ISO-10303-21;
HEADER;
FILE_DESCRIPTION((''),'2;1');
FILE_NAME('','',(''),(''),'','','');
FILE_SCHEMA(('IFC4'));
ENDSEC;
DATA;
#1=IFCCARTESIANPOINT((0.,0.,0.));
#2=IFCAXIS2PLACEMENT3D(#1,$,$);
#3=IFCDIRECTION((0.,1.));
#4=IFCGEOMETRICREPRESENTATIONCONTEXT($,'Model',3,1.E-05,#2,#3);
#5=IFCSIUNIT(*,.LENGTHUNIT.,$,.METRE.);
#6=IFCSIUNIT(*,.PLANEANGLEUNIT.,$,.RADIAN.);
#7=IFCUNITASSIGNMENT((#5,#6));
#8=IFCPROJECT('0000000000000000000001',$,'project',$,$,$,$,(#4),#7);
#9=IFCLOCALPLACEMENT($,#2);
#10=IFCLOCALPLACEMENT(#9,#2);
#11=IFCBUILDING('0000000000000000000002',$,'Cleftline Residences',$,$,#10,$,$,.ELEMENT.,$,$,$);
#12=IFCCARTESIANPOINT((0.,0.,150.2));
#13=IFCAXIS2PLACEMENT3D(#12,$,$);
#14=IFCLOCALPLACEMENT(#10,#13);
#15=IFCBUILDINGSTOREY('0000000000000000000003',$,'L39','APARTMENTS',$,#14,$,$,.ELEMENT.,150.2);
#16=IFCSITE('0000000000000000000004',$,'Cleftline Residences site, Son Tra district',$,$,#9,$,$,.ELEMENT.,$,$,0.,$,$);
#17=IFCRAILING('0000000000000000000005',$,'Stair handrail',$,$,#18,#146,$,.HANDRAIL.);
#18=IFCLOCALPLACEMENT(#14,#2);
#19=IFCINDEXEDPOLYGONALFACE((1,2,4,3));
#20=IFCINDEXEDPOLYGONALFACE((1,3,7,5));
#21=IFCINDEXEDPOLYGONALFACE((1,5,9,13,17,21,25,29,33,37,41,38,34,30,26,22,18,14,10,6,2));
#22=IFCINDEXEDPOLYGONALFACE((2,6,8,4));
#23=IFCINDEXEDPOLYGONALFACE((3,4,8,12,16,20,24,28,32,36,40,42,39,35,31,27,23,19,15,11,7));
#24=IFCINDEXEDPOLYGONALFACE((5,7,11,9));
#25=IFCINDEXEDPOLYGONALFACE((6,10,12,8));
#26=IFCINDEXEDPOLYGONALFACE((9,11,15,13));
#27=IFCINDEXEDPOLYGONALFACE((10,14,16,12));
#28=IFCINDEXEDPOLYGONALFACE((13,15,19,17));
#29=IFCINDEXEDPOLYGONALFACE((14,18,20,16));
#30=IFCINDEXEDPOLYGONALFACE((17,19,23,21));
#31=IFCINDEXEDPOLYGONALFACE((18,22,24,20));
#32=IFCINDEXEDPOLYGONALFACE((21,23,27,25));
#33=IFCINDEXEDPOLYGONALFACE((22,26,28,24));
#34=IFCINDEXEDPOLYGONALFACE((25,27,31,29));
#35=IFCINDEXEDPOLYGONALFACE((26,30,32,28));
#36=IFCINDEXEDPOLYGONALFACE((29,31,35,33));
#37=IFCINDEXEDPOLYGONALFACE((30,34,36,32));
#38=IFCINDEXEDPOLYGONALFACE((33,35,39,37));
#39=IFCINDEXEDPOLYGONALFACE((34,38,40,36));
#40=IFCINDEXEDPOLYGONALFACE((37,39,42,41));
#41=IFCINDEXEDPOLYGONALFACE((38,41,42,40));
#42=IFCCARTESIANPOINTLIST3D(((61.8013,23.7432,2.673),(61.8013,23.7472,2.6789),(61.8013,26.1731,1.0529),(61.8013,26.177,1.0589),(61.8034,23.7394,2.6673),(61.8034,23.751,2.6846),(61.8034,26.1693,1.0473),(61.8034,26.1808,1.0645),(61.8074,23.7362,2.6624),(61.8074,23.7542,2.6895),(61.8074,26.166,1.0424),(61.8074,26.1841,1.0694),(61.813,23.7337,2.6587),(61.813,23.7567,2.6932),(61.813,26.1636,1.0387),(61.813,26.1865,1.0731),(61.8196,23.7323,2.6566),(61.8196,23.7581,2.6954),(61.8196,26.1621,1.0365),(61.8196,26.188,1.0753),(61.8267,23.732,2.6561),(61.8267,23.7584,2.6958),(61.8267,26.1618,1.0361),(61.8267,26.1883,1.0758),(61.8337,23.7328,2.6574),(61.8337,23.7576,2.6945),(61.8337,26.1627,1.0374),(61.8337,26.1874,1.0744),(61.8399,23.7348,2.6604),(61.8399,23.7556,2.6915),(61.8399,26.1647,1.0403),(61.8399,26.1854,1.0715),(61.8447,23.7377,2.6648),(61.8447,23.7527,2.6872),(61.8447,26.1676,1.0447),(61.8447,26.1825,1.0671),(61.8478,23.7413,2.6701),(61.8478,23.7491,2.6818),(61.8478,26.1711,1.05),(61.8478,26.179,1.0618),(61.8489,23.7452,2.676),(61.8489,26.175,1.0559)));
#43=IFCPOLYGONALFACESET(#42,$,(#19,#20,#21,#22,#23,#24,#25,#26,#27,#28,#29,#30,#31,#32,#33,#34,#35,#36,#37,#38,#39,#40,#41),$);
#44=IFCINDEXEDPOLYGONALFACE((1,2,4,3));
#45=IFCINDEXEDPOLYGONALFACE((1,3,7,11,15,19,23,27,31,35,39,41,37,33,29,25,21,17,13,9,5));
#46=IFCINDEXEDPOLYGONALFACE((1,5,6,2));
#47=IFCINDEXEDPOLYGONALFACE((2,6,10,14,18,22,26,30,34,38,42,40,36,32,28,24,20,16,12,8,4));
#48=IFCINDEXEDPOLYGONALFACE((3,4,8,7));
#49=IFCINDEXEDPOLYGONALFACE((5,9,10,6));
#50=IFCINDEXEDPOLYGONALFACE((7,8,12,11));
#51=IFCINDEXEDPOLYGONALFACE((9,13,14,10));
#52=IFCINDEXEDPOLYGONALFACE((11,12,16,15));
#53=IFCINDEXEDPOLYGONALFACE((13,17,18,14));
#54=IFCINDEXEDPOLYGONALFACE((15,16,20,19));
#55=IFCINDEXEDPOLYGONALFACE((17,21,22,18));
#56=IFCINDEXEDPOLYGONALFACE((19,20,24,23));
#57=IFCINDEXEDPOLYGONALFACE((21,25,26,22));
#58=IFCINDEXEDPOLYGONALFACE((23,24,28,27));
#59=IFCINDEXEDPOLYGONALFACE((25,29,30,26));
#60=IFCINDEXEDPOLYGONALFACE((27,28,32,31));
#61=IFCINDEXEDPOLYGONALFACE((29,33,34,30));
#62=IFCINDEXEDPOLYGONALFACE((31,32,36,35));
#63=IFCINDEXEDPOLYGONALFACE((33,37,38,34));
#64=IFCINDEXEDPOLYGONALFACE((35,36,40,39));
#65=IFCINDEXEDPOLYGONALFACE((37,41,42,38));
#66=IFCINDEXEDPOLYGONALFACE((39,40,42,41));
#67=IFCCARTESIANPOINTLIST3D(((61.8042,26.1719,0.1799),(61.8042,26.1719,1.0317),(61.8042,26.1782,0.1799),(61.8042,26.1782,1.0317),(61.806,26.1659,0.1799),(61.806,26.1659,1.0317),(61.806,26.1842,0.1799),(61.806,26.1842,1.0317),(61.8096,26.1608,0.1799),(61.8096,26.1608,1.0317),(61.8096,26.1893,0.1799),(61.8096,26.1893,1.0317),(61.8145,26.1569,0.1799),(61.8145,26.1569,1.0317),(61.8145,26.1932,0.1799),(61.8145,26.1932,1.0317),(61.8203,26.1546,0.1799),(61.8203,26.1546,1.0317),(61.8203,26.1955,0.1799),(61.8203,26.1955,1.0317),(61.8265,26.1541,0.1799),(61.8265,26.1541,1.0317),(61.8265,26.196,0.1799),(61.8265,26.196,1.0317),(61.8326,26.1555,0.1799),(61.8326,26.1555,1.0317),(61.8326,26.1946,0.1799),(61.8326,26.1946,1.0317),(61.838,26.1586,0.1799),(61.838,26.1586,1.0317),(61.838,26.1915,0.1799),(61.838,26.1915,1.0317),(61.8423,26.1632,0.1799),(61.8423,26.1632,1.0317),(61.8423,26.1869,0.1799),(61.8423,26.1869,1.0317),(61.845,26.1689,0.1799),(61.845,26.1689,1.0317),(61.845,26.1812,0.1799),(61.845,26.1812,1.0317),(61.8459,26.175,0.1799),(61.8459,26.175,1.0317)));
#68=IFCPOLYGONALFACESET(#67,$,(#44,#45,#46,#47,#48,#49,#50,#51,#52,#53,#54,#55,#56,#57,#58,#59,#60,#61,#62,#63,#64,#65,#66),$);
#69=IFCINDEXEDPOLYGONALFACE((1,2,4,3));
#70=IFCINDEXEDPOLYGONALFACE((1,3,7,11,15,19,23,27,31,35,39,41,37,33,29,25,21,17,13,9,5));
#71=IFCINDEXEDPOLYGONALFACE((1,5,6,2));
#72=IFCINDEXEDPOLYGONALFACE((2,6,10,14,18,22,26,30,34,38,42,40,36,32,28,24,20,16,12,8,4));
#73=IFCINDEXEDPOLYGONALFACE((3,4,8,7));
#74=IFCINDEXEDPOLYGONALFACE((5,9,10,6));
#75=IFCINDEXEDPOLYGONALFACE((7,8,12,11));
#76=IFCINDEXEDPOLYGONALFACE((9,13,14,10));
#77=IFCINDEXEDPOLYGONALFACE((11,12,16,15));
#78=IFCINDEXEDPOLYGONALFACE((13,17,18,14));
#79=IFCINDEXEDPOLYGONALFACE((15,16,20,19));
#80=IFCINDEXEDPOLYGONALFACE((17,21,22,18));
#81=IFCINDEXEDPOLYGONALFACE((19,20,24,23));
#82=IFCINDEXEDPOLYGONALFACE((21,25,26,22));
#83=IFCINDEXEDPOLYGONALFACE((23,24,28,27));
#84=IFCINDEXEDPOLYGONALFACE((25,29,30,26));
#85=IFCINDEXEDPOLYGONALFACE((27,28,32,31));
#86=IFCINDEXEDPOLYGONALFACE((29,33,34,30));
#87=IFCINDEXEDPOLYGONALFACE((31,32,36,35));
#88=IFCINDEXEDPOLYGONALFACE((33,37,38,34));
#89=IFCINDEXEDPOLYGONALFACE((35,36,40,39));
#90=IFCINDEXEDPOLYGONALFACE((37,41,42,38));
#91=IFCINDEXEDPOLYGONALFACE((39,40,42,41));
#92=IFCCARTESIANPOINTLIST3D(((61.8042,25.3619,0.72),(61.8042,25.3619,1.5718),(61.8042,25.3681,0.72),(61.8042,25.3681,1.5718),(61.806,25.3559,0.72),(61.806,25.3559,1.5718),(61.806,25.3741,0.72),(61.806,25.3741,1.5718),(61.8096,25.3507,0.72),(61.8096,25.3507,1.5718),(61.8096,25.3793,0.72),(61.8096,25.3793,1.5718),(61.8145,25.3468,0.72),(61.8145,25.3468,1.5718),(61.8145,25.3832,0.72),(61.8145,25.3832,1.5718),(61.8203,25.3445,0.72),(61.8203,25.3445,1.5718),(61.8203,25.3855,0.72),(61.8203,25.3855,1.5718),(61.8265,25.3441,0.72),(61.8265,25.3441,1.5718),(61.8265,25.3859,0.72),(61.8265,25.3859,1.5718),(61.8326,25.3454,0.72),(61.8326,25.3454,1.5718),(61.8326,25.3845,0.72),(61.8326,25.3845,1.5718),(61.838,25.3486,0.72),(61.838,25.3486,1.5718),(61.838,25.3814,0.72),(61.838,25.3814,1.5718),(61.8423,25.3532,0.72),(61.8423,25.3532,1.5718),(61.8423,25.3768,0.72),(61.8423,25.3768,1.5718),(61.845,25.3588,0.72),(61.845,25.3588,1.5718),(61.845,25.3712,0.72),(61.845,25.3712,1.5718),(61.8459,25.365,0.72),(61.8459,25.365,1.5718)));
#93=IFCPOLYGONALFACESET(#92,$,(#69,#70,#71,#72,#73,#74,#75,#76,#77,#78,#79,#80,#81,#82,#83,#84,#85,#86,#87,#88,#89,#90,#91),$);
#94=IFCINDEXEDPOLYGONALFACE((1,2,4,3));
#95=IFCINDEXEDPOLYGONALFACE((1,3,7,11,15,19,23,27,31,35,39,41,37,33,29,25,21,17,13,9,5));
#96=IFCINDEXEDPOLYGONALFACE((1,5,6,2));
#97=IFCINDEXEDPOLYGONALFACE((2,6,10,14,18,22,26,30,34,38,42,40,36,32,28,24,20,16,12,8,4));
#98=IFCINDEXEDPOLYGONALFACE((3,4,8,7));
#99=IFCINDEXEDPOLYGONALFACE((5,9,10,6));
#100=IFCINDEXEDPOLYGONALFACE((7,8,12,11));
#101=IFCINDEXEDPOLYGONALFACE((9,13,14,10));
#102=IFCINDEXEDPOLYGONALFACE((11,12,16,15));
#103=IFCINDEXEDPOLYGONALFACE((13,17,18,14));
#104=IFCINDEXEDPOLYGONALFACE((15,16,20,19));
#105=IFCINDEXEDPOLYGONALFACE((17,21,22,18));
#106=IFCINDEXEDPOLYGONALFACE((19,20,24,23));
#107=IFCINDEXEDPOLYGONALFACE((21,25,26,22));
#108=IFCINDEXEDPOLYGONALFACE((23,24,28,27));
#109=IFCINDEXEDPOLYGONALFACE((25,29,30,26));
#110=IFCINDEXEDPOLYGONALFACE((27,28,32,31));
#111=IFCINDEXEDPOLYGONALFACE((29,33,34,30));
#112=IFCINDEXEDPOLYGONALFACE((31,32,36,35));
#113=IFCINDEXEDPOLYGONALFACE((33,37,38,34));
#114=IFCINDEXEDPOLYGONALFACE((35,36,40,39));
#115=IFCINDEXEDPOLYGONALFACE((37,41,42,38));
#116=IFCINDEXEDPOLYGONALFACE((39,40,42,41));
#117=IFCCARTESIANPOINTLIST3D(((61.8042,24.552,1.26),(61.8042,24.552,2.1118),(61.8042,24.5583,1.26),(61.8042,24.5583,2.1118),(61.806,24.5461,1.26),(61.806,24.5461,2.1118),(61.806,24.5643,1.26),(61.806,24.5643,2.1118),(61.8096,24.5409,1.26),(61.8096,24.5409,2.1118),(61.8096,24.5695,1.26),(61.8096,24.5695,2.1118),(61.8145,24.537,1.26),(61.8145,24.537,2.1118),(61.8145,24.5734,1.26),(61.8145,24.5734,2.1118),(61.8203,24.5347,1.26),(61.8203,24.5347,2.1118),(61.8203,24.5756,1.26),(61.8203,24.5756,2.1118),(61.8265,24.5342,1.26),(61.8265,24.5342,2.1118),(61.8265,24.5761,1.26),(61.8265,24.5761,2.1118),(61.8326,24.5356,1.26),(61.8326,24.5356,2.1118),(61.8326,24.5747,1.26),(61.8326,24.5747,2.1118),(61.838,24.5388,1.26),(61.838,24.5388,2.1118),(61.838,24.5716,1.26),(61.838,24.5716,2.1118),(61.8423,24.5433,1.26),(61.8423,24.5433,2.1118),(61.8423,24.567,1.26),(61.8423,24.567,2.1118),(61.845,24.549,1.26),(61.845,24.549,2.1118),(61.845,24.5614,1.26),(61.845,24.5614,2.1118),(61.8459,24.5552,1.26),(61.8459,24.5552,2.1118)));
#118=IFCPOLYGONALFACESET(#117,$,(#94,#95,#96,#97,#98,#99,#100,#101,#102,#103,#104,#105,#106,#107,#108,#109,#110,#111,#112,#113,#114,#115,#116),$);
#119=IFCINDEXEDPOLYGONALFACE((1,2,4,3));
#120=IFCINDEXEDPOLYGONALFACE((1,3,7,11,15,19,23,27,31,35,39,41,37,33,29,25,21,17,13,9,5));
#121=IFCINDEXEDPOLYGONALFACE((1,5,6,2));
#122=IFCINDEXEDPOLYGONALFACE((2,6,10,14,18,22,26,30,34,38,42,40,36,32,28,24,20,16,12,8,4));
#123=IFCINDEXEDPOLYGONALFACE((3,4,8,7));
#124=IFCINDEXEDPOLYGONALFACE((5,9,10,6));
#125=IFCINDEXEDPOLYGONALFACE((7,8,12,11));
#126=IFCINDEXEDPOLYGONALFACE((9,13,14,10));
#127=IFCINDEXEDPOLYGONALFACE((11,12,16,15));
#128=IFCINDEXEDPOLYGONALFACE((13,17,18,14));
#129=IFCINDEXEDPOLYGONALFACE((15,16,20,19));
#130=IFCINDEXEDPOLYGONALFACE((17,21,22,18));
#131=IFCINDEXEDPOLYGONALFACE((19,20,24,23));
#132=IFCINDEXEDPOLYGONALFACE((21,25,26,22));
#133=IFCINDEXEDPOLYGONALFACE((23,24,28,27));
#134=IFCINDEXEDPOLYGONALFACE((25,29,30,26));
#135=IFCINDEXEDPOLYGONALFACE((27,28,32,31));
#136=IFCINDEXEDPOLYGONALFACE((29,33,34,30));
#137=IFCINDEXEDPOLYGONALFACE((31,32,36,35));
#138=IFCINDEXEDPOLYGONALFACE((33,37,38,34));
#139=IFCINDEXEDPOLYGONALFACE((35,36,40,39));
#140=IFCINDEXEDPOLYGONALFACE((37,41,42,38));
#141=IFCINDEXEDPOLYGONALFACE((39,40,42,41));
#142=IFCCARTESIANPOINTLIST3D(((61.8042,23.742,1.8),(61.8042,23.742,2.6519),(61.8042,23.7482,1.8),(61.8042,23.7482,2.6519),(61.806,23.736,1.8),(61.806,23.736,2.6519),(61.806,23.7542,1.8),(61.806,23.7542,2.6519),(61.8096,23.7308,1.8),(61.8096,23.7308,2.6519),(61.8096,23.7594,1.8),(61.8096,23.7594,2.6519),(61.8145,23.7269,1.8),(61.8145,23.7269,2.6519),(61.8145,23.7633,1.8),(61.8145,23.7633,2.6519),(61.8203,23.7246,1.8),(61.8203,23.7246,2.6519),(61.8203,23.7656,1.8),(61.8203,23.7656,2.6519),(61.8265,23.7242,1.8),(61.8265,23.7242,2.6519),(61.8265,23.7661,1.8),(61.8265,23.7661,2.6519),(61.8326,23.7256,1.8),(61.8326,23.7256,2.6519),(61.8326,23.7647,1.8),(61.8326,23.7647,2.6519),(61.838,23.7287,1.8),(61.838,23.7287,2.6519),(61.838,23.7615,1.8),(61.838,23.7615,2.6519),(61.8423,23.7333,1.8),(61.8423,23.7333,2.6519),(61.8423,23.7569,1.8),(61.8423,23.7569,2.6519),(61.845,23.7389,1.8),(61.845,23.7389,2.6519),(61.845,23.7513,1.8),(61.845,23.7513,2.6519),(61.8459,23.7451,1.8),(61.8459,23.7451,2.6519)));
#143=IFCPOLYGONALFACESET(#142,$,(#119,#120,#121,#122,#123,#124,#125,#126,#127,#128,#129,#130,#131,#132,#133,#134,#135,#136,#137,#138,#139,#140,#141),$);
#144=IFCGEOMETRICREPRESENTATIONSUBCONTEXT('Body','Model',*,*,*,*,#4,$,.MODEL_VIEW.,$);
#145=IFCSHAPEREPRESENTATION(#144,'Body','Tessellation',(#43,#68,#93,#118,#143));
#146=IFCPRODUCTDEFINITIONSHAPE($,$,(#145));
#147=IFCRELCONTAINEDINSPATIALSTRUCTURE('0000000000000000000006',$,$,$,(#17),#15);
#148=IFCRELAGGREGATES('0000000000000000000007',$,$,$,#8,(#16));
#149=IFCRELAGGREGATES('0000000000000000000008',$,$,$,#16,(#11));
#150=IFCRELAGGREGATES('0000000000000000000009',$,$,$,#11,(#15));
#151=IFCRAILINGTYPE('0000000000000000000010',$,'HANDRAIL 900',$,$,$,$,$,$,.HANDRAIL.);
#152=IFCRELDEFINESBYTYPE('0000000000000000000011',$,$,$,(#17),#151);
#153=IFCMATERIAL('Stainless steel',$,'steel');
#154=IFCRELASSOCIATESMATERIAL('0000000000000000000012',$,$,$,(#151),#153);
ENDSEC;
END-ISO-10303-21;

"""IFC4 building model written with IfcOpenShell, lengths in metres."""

from ifc_helpers import new_model, si_unit, direction, frame, origin, origin_2d, place, context, subcontext, project, spatial, circle, extrude, material, type_object, element, save


model = new_model("IFC4")

# Units and contexts
model_context = context("Model", 3, precision=1e-05, world=origin(), true_north=direction((0.0, 1.0)))
body_context = subcontext(model_context, "Body", "Model", "MODEL_VIEW")
ifc_project = project(units=[si_unit("LENGTHUNIT", "METRE"), si_unit("PLANEANGLEUNIT", "RADIAN")], contexts=[model_context])

# Site, building, storey
site_placement = place(None, origin())
site = spatial("IfcSite", under=ifc_project, at=site_placement, Name="Cleftline Residences site, Son Tra district", CompositionType="ELEMENT", RefElevation=0.0)
building_placement = place(site_placement, origin())
building = spatial("IfcBuilding", under=site, at=building_placement, Name="Cleftline Residences", CompositionType="ELEMENT")
storey_placement = place(building_placement, frame((0.0, 0.0, 150.2)))
storey = spatial("IfcBuildingStorey", under=building, at=storey_placement, Name="L39", Description="APARTMENTS", CompositionType="ELEMENT", Elevation=150.2)

# Railing
ifc_material_1 = material(Name="Stainless steel", Category="steel")
railing_type = type_object("IfcRailingType", Name="HANDRAIL 900", PredefinedType="HANDRAIL", material=ifc_material_1)
railing_placement = place(storey_placement, frame((61.825, 26.175, 0.1799)))
element("IfcRailing", 1, at=railing_placement, inside=storey, type_object=railing_type, Name="Stair handrail", PredefinedType="HANDRAIL", context=body_context, shape_type="SweptSolid", body=[
    extrude(circle(Radius=0.0239, at=origin_2d()), frame((0.0, 0.0, 0.876), z_axis=(0.0, -0.832025, 0.554739), x_axis=(1.0, 0.0, 0.0)), (0.0, 0.0, 1.0), 2.9204),
    extrude(circle(Radius=0.021, at=origin_2d()), origin(), (0.0, 0.0, 1.0), 0.8518),
    extrude(circle(Radius=0.021, at=origin_2d()), frame((0.0, -0.8101, 0.54)), (0.0, 0.0, 1.0), 0.8518),
    extrude(circle(Radius=0.021, at=origin_2d()), frame((0.0, -1.6199, 1.0801)), (0.0, 0.0, 1.0), 0.8518),
    extrude(circle(Radius=0.021, at=origin_2d()), frame((0.0, -2.4299, 1.6201)), (0.0, 0.0, 1.0), 0.8518),
])

save(model, "model.ifc")
